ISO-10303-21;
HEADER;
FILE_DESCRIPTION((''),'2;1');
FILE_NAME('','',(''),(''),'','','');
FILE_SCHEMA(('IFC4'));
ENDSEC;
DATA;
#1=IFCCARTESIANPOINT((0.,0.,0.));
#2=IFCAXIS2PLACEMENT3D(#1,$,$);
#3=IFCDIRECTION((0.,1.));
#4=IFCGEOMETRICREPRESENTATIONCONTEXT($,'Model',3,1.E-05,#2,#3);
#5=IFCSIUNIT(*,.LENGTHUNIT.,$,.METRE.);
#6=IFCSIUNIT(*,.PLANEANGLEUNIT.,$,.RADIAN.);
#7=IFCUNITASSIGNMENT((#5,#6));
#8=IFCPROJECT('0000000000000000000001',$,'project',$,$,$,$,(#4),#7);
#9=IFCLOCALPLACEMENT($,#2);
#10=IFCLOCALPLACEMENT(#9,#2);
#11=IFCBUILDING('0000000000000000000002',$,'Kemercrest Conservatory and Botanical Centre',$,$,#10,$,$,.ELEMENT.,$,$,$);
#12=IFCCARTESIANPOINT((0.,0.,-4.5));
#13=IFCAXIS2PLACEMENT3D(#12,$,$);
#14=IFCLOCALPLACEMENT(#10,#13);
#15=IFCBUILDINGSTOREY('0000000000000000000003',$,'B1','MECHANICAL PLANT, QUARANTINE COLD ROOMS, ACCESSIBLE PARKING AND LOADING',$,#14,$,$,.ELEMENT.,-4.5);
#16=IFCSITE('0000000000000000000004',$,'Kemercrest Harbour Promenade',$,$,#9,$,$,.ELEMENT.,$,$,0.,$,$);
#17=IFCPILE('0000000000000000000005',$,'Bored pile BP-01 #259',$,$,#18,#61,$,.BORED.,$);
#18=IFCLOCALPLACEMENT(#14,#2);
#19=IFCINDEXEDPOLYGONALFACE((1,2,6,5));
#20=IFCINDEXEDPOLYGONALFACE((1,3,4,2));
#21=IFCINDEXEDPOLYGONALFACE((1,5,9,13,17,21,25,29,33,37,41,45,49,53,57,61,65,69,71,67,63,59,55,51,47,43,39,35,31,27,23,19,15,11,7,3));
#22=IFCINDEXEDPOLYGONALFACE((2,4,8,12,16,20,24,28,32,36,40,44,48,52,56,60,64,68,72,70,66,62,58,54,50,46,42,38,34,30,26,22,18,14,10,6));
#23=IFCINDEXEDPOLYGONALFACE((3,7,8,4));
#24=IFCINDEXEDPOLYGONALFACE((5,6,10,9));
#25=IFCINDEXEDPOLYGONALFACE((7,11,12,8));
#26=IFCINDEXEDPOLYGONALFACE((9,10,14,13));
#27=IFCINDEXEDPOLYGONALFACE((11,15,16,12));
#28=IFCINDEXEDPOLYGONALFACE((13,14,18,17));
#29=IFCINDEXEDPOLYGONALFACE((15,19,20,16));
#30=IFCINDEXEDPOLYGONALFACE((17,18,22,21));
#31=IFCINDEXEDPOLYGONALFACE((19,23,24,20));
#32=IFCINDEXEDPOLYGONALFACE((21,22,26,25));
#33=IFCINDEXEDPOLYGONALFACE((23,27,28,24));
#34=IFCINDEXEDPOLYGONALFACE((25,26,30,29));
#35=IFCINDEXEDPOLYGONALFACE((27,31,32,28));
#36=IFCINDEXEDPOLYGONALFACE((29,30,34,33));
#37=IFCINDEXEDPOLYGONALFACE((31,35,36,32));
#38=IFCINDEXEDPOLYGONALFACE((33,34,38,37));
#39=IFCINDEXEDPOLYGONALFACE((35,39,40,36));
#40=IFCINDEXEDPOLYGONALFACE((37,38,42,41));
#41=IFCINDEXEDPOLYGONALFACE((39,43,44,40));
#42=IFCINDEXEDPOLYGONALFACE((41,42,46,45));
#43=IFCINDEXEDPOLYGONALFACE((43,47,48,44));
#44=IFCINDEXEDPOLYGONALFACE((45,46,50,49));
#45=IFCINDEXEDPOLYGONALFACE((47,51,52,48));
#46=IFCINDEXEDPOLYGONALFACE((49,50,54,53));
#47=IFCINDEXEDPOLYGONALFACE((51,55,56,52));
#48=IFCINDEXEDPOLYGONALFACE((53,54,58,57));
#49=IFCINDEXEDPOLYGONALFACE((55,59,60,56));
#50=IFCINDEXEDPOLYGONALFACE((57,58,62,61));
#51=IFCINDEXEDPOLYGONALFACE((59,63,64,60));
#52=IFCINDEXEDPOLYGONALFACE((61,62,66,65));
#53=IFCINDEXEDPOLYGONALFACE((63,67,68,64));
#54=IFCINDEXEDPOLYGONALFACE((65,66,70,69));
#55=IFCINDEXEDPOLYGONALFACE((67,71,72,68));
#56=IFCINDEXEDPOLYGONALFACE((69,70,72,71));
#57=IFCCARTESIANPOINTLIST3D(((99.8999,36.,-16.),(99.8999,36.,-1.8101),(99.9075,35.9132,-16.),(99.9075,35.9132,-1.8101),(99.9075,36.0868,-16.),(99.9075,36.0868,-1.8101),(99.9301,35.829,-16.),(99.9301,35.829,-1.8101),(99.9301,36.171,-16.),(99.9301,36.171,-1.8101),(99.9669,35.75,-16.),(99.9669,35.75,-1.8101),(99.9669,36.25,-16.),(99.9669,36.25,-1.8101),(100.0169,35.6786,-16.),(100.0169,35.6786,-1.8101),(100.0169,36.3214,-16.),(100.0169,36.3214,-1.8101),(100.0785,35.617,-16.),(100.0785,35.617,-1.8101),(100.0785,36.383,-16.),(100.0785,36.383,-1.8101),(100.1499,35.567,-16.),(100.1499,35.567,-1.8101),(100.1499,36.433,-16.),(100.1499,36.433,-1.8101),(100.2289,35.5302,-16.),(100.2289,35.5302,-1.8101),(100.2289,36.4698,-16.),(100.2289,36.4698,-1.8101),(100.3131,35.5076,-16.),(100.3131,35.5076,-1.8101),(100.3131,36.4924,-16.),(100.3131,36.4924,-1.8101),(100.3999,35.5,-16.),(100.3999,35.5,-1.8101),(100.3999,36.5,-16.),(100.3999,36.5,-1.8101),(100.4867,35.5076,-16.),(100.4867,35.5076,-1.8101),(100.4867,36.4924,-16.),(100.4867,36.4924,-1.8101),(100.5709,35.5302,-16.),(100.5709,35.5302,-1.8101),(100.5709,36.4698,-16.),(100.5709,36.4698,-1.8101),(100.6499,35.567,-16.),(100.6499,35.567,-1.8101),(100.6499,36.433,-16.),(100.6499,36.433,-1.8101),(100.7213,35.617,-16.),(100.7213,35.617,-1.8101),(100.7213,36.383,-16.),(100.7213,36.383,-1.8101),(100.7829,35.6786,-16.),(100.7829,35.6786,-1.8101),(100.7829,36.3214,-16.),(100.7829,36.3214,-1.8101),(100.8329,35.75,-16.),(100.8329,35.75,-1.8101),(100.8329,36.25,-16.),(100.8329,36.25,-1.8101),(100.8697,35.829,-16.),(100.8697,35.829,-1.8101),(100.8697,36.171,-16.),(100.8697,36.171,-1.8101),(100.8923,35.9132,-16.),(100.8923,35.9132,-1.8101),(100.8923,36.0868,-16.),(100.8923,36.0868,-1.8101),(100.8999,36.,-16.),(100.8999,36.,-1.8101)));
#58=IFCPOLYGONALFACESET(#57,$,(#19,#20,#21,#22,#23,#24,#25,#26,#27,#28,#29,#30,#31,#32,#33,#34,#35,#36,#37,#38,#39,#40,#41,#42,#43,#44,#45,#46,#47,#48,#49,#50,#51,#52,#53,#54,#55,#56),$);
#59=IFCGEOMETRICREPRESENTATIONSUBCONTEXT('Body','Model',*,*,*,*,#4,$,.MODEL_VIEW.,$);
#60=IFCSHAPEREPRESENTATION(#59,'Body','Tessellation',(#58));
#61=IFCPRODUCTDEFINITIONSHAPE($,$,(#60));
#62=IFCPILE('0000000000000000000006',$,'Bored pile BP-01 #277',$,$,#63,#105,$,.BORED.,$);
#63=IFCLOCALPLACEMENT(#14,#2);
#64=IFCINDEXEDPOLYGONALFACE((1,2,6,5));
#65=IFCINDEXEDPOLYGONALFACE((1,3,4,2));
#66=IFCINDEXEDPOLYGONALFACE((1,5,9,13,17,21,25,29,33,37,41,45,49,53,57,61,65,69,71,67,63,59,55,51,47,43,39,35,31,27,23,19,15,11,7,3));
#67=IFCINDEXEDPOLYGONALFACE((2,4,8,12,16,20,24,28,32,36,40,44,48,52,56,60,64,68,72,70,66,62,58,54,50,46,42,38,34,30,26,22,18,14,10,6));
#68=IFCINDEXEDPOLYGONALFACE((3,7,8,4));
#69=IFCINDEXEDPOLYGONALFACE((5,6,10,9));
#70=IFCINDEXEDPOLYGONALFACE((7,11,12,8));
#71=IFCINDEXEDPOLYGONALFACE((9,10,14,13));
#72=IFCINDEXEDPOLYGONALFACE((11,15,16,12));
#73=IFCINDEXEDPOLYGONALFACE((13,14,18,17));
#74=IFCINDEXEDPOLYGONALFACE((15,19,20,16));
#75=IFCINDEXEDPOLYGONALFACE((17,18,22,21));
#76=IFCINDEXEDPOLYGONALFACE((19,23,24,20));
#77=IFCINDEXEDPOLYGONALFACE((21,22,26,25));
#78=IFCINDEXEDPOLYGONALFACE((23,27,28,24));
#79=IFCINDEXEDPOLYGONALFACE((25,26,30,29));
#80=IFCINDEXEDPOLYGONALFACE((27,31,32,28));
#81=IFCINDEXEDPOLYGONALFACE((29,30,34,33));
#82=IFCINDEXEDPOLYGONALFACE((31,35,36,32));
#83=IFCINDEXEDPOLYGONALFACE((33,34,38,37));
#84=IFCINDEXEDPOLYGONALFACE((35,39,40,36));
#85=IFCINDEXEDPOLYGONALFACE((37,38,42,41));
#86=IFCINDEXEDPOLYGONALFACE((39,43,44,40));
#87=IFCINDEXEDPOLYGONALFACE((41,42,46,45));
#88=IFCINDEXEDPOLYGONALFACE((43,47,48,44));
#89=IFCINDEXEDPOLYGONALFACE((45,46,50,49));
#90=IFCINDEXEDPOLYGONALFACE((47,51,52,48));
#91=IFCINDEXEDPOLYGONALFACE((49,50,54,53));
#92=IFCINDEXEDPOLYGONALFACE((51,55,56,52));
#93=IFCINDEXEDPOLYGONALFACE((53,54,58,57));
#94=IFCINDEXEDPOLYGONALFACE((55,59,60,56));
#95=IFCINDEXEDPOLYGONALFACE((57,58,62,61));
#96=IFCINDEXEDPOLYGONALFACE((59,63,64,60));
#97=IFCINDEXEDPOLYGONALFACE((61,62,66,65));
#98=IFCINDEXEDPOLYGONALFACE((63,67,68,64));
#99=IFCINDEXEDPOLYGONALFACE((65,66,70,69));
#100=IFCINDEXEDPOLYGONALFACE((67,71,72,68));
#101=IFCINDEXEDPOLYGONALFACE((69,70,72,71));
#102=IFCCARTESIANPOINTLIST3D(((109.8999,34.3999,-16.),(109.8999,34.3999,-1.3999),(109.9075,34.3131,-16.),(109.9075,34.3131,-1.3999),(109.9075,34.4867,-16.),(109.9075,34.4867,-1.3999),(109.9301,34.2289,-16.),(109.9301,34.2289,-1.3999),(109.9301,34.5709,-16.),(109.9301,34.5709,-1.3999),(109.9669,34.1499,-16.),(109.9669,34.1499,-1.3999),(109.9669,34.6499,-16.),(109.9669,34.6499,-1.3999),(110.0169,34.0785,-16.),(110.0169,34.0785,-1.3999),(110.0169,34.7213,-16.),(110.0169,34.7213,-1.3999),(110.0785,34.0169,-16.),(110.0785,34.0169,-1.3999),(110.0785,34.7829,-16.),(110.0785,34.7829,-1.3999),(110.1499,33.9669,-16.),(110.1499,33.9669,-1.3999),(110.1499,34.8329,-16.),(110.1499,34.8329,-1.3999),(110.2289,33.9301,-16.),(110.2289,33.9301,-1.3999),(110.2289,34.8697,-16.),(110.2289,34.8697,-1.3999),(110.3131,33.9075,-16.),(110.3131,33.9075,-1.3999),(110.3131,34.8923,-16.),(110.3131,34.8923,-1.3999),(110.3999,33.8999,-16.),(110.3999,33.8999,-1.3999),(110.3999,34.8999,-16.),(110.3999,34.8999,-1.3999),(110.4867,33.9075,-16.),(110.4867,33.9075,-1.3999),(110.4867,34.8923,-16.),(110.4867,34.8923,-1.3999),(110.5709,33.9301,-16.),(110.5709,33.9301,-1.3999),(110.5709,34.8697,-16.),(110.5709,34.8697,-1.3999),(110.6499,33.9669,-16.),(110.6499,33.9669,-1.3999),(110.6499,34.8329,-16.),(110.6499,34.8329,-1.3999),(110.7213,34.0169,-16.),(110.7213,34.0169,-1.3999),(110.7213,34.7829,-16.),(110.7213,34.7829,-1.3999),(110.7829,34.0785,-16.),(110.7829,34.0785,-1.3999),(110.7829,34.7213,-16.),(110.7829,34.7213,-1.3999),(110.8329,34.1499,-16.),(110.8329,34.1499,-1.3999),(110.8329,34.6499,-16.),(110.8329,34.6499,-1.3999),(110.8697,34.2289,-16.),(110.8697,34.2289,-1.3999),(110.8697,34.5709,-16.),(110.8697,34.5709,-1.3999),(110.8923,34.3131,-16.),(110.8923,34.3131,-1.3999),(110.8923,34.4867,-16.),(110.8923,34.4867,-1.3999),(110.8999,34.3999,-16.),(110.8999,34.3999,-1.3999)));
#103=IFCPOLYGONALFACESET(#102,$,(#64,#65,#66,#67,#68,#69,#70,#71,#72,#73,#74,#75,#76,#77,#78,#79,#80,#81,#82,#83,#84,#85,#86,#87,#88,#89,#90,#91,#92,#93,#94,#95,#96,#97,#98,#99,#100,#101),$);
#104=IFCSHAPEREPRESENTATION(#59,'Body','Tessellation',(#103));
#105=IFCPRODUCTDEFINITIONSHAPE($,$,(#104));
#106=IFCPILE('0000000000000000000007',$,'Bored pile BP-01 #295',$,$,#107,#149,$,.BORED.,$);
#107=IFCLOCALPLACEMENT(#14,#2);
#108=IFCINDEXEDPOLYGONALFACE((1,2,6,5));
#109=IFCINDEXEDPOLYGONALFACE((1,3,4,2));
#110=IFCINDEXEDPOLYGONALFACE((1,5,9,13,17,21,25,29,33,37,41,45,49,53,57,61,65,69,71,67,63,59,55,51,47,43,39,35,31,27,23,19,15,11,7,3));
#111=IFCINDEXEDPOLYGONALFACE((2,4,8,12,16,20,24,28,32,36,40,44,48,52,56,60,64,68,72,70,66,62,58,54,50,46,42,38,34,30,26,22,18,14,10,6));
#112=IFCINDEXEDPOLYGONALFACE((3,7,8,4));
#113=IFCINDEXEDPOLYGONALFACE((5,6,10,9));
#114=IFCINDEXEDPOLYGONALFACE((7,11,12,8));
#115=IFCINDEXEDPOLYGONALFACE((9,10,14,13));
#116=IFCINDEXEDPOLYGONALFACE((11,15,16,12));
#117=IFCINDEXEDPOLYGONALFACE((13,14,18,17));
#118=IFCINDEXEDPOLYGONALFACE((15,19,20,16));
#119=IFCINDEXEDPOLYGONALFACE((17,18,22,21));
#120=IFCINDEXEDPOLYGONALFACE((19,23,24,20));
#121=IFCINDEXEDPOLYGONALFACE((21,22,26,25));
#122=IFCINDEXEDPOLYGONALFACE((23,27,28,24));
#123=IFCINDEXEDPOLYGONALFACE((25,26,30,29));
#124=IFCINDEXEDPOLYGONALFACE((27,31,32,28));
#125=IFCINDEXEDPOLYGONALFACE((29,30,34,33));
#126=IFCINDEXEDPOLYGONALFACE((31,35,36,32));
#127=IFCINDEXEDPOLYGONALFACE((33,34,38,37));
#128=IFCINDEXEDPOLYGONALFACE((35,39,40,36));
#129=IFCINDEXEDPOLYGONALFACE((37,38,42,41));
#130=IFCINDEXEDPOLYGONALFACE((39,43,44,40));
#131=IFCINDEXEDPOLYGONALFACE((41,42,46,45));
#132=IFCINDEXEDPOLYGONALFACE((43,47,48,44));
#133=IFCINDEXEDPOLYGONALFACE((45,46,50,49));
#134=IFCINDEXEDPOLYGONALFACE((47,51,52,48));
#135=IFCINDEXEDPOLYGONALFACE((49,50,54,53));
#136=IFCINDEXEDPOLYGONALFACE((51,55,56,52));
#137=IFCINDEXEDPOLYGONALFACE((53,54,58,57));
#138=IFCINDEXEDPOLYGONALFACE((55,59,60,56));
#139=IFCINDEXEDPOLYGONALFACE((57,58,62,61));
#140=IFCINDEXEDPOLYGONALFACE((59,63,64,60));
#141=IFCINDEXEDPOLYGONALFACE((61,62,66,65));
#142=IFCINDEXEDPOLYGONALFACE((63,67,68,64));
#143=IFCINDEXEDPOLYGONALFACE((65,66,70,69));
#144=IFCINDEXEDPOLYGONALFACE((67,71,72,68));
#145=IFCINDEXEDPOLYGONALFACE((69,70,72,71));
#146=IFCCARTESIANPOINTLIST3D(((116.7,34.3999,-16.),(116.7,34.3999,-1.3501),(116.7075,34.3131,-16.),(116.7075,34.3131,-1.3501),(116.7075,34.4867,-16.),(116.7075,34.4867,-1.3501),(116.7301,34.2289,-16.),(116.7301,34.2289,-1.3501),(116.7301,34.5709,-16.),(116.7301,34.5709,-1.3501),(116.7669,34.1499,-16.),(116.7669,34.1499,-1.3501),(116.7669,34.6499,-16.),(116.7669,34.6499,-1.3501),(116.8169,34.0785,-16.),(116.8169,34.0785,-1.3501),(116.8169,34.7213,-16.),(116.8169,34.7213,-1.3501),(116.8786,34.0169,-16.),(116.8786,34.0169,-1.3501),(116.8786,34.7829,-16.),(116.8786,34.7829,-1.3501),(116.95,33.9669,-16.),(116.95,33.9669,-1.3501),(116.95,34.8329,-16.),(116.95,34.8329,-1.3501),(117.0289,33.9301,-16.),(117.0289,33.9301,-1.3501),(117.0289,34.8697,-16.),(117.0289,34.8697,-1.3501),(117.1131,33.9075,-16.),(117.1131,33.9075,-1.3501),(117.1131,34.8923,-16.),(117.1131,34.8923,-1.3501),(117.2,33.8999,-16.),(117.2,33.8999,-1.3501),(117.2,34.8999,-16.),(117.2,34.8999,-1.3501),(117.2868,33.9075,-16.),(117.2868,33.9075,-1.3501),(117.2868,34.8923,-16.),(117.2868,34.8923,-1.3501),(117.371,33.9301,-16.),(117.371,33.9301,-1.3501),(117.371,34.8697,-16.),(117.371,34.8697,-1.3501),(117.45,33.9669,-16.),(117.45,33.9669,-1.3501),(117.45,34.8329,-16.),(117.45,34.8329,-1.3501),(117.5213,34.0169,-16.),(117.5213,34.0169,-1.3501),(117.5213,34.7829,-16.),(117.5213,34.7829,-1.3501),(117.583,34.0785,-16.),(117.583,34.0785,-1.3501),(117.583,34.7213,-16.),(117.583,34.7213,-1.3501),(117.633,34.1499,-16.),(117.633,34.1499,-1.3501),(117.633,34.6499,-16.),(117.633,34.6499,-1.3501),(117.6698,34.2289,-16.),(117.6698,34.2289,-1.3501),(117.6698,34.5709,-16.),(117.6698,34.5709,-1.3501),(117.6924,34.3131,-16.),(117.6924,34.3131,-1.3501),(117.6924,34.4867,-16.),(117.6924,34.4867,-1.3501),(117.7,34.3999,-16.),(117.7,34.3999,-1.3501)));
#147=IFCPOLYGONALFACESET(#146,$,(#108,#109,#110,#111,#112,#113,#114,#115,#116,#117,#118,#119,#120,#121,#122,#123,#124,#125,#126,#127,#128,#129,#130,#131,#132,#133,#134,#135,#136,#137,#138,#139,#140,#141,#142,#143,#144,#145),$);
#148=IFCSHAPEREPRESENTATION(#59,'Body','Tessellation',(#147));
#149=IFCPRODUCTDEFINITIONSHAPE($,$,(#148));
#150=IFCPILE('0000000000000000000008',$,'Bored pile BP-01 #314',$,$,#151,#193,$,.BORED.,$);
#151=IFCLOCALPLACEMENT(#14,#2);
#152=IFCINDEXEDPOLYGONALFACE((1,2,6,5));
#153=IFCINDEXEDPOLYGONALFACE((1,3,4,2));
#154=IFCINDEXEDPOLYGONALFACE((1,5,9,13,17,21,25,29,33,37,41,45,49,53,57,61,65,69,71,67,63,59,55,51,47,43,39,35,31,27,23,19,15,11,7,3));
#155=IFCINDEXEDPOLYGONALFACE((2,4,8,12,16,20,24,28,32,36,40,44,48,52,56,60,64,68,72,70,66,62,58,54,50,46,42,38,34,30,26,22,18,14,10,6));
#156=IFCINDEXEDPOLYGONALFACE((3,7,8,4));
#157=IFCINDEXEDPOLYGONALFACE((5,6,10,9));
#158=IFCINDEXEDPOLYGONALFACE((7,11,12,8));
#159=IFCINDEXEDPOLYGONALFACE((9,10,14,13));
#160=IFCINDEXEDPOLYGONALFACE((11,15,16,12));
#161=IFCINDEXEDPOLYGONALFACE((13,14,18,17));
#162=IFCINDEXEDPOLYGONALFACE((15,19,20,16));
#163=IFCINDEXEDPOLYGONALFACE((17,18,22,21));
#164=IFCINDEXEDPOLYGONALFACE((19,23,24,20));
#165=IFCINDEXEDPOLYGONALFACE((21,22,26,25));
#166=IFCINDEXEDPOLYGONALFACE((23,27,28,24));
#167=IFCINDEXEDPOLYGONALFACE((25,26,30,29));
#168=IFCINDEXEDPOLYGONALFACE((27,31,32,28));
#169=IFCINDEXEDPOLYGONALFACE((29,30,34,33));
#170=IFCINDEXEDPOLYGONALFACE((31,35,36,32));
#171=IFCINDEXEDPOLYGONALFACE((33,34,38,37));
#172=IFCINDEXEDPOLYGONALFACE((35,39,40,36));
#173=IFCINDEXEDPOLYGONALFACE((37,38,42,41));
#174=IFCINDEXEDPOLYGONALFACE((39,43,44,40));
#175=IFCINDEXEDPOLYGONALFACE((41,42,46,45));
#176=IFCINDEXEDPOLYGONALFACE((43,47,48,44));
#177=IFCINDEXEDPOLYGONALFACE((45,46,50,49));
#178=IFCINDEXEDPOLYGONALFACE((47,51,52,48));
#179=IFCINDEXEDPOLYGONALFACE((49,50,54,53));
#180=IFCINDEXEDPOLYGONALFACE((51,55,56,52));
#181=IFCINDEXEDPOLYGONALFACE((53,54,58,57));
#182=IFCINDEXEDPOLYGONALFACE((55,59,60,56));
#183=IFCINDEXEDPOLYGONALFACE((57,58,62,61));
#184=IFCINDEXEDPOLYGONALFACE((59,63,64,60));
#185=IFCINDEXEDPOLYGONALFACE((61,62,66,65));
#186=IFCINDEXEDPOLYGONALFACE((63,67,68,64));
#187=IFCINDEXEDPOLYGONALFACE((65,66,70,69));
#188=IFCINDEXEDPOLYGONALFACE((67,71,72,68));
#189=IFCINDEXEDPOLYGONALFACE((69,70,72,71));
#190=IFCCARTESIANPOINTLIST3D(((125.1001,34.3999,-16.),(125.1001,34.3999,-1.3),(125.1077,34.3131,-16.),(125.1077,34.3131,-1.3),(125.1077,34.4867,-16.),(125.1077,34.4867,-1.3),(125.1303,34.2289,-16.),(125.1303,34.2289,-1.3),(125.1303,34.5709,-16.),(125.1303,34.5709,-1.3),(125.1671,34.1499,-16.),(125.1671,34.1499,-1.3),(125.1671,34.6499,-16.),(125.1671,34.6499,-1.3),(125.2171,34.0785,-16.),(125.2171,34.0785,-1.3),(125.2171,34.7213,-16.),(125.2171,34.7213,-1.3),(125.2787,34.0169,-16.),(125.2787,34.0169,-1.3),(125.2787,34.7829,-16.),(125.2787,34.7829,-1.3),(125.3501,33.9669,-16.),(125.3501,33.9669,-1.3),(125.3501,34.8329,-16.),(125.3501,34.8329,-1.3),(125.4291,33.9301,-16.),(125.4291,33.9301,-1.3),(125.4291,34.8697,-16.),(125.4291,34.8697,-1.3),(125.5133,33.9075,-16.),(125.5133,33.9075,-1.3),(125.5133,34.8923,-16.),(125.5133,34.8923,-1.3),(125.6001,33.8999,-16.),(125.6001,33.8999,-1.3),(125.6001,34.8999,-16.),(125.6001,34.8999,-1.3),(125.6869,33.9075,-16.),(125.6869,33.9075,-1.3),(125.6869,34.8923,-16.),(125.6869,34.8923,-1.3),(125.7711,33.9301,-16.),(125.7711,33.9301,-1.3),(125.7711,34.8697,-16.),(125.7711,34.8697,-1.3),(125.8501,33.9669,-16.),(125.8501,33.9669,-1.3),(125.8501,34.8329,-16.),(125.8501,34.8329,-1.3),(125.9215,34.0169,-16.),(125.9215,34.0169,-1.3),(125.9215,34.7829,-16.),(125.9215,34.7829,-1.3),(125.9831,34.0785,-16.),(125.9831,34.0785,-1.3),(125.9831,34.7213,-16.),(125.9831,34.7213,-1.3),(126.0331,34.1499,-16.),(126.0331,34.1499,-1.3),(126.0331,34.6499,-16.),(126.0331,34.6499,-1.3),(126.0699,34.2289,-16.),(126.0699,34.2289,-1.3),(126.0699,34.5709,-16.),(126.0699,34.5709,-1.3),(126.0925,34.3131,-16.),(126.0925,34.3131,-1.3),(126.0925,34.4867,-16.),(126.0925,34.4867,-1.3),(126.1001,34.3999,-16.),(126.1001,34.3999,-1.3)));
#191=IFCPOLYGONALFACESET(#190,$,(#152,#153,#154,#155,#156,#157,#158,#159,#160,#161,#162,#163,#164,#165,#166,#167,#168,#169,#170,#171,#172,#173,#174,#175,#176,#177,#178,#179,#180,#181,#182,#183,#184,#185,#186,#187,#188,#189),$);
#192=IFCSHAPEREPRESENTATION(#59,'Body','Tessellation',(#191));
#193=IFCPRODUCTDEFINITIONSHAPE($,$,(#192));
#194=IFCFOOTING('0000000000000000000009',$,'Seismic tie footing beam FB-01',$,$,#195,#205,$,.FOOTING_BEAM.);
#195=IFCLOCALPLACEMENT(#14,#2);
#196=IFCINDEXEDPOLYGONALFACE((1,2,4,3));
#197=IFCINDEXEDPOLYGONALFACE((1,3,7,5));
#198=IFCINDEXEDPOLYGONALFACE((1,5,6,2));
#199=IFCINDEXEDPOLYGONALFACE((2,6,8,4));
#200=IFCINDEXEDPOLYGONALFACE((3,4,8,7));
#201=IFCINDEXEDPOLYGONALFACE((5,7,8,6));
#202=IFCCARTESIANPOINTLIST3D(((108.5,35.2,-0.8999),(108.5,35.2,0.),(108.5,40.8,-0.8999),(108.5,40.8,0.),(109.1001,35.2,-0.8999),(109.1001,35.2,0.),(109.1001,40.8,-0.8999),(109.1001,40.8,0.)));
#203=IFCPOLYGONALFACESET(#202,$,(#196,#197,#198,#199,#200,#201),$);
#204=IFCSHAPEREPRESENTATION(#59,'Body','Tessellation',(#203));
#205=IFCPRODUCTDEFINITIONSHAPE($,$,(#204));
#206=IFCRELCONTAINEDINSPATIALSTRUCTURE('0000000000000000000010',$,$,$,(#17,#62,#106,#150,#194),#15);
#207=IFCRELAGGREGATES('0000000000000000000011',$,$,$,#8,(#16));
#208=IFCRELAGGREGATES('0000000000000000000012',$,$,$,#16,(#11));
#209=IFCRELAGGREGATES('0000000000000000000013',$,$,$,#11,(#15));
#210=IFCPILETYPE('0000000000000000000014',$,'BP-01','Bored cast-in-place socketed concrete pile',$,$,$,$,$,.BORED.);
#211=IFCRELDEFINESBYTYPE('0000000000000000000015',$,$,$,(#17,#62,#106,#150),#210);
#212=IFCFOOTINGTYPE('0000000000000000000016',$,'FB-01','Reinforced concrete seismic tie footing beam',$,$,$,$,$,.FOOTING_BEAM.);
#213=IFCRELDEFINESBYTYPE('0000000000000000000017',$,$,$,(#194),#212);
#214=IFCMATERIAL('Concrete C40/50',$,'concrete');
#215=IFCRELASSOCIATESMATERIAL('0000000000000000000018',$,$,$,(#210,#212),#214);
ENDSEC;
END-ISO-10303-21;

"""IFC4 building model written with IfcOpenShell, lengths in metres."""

from ifc_helpers import new_model, si_unit, direction, frame, origin, origin_2d, place, context, subcontext, project, spatial, rectangle, circle, extrude, material, material_profile, profile_set, type_object, element, save


model = new_model("IFC4")

# Units and contexts
model_context = context("Model", 3, precision=1e-05, world=origin(), true_north=direction((0.0, 1.0)))
body_context = subcontext(model_context, "Body", "Model", "MODEL_VIEW")
ifc_project = project(units=[si_unit("LENGTHUNIT", "METRE"), si_unit("PLANEANGLEUNIT", "RADIAN")], contexts=[model_context])

# Site, building, storey
site_placement = place(None, origin())
site = spatial("IfcSite", under=ifc_project, at=site_placement, Name="Kemercrest Harbour Promenade", CompositionType="ELEMENT", RefElevation=0.0)
building_placement = place(site_placement, origin())
building = spatial("IfcBuilding", under=site, at=building_placement, Name="Kemercrest Conservatory and Botanical Centre", CompositionType="ELEMENT")
storey_placement = place(building_placement, frame((0.0, 0.0, -4.5)))
storey = spatial("IfcBuildingStorey", under=building, at=storey_placement, Name="B1", Description="MECHANICAL PLANT, QUARANTINE COLD ROOMS, ACCESSIBLE PARKING AND LOADING", CompositionType="ELEMENT", Elevation=-4.5)

# Piles
ifc_material_1 = material(Name="Concrete C40/50", Category="concrete")
ifc_material_profile_1 = material_profile(ifc_material_1, circle(Radius=0.5, at=origin_2d()), Name="BORED PILE 1000")
ifc_profile_set_1 = profile_set([ifc_material_profile_1], Name="Concrete C40/50")
pile_type = type_object("IfcPileType", Name="BP-01", Description="Bored cast-in-place socketed concrete pile", PredefinedType="BORED", material=ifc_profile_set_1)
pile_1_placement = place(storey_placement, frame((100.3999, 36.0, -1.8101), z_axis=(0.0, 0.0, -1.0), x_axis=(1.0, 0.0, 0.0)))
element("IfcPile", 1, at=pile_1_placement, inside=storey, type_object=pile_type, Name="Bored pile BP-01 #259", PredefinedType="BORED", context=body_context, shape_type="SweptSolid", body=[
    extrude(circle(Radius=0.5, at=origin_2d()), origin(), (0.0, 0.0, 1.0), 14.1899),
])
pile_2_placement = place(storey_placement, frame((110.3999, 34.3999, -1.3999), z_axis=(0.0, 0.0, -1.0), x_axis=(1.0, 0.0, 0.0)))
element("IfcPile", 2, at=pile_2_placement, inside=storey, type_object=pile_type, Name="Bored pile BP-01 #277", PredefinedType="BORED", context=body_context, shape_type="SweptSolid", body=[
    extrude(circle(Radius=0.5, at=origin_2d()), origin(), (0.0, 0.0, 1.0), 14.6001),
])
pile_3_placement = place(storey_placement, frame((117.2, 34.3999, -1.3501), z_axis=(0.0, 0.0, -1.0), x_axis=(1.0, 0.0, 0.0)))
element("IfcPile", 3, at=pile_3_placement, inside=storey, type_object=pile_type, Name="Bored pile BP-01 #295", PredefinedType="BORED", context=body_context, shape_type="SweptSolid", body=[
    extrude(circle(Radius=0.5, at=origin_2d()), origin(), (0.0, 0.0, 1.0), 14.6499),
])
pile_4_placement = place(storey_placement, frame((125.6001, 34.3999, -1.3), z_axis=(0.0, 0.0, -1.0), x_axis=(1.0, 0.0, 0.0)))
element("IfcPile", 4, at=pile_4_placement, inside=storey, type_object=pile_type, Name="Bored pile BP-01 #314", PredefinedType="BORED", context=body_context, shape_type="SweptSolid", body=[
    extrude(circle(Radius=0.5, at=origin_2d()), origin(), (0.0, 0.0, 1.0), 14.7),
])

# Footing
footing_type_1 = type_object("IfcFootingType", Name="FB-01", Description="Reinforced concrete seismic tie footing beam", PredefinedType="FOOTING_BEAM", material=ifc_material_1)
footing_1_placement = place(storey_placement, frame((108.8, 38.0, -0.8999), z_axis=(0.0, 0.0, 1.0), x_axis=(1.0, 0.0, 0.0)))
element("IfcFooting", 5, at=footing_1_placement, inside=storey, type_object=footing_type_1, Name="Seismic tie footing beam FB-01", PredefinedType="FOOTING_BEAM", context=body_context, shape_type="SweptSolid", body=[
    extrude(rectangle(XDim=0.6001, YDim=5.6001, at=origin_2d()), origin(), (0.0, 0.0, 1.0), 0.8999),
])

save(model, "model.ifc")
